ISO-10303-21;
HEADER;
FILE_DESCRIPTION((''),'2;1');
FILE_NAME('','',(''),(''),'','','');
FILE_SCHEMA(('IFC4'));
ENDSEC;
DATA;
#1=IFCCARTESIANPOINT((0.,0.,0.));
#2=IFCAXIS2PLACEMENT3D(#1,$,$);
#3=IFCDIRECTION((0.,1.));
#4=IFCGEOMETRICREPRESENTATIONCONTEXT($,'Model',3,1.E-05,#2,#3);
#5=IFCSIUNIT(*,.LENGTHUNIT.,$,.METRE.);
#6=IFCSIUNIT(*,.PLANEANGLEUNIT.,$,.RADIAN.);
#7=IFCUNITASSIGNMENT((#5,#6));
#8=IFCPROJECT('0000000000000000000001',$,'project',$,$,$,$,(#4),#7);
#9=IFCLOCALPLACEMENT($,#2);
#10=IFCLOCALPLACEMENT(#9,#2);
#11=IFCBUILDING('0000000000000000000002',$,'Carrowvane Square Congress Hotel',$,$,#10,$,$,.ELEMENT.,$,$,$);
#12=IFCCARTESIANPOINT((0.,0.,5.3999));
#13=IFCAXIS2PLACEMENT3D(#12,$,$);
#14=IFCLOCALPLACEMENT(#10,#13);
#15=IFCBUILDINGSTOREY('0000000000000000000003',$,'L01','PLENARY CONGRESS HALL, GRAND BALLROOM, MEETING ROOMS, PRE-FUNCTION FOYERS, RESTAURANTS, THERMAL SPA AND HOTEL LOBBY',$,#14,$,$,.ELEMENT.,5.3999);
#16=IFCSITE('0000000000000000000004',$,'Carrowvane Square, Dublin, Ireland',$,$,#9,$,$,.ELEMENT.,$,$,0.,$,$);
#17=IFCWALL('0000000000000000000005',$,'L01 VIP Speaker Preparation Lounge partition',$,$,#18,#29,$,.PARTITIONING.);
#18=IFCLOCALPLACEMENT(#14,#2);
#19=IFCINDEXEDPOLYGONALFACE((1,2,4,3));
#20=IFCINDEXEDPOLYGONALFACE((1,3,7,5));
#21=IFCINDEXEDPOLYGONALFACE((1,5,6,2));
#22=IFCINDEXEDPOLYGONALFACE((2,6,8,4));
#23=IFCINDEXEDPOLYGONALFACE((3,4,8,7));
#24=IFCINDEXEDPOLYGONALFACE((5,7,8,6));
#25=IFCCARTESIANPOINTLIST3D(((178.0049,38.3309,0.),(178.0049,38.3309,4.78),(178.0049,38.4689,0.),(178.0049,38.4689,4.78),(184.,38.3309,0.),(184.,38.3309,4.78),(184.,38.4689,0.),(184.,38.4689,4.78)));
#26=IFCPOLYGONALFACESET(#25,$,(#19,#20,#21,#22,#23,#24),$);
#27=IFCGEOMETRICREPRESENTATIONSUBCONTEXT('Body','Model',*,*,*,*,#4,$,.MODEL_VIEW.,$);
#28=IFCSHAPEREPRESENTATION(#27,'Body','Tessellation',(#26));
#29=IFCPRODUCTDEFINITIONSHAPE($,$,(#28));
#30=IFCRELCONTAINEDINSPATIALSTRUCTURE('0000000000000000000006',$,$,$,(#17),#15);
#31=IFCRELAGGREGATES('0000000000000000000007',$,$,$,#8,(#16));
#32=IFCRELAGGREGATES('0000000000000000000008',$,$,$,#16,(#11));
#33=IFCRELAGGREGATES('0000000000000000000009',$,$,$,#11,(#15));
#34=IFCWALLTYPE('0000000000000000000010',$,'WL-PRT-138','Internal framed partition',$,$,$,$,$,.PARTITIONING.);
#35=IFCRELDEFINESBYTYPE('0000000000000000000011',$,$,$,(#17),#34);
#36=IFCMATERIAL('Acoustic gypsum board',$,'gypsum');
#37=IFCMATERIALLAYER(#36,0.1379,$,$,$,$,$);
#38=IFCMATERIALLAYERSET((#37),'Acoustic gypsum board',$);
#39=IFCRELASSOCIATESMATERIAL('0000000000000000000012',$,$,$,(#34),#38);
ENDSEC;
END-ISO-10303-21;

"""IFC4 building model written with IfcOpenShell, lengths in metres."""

from ifc_helpers import new_model, si_unit, direction, frame, frame_2d, origin, place, context, subcontext, project, spatial, rectangle, extrude, material, layer, layer_set, type_object, element, save


model = new_model("IFC4")

# Units and contexts
model_context = context("Model", 3, precision=1e-05, world=origin(), true_north=direction((0.0, 1.0)))
body_context = subcontext(model_context, "Body", "Model", "MODEL_VIEW")
ifc_project = project(units=[si_unit("LENGTHUNIT", "METRE"), si_unit("PLANEANGLEUNIT", "RADIAN")], contexts=[model_context])

# Site, building, storey
site_placement = place(None, origin())
site = spatial("IfcSite", under=ifc_project, at=site_placement, Name="Carrowvane Square, Dublin, Ireland", CompositionType="ELEMENT", RefElevation=0.0)
building_placement = place(site_placement, origin())
building = spatial("IfcBuilding", under=site, at=building_placement, Name="Carrowvane Square Congress Hotel", CompositionType="ELEMENT")
storey_placement = place(building_placement, frame((0.0, 0.0, 5.3999)))
storey = spatial("IfcBuildingStorey", under=building, at=storey_placement, Name="L01", Description="PLENARY CONGRESS HALL, GRAND BALLROOM, MEETING ROOMS, PRE-FUNCTION FOYERS, RESTAURANTS, THERMAL SPA AND HOTEL LOBBY", CompositionType="ELEMENT", Elevation=5.3999)

# Wall
ifc_material_1 = material(Name="Acoustic gypsum board", Category="gypsum")
ifc_layer_1 = layer(ifc_material_1, 0.1379)
ifc_layer_set_1 = layer_set([ifc_layer_1], Name="Acoustic gypsum board")
wall_type_1 = type_object("IfcWallType", Name="WL-PRT-138", Description="Internal framed partition", PredefinedType="PARTITIONING", material=ifc_layer_set_1)
wall_1_placement = place(storey_placement, frame((184.0, 38.3999, 0.0), z_axis=(0.0, 0.0, 1.0), x_axis=(-1.0, 0.0, 0.0)))
element("IfcWall", 1, at=wall_1_placement, inside=storey, type_object=wall_type_1, Name="L01 VIP Speaker Preparation Lounge partition", PredefinedType="PARTITIONING", context=body_context, shape_type="SweptSolid", body=[
    extrude(rectangle(XDim=5.9951, YDim=0.1379, at=frame_2d((2.9976, 0.0))), origin(), (0.0, 0.0, 1.0), 4.78),
])

save(model, "model.ifc")
